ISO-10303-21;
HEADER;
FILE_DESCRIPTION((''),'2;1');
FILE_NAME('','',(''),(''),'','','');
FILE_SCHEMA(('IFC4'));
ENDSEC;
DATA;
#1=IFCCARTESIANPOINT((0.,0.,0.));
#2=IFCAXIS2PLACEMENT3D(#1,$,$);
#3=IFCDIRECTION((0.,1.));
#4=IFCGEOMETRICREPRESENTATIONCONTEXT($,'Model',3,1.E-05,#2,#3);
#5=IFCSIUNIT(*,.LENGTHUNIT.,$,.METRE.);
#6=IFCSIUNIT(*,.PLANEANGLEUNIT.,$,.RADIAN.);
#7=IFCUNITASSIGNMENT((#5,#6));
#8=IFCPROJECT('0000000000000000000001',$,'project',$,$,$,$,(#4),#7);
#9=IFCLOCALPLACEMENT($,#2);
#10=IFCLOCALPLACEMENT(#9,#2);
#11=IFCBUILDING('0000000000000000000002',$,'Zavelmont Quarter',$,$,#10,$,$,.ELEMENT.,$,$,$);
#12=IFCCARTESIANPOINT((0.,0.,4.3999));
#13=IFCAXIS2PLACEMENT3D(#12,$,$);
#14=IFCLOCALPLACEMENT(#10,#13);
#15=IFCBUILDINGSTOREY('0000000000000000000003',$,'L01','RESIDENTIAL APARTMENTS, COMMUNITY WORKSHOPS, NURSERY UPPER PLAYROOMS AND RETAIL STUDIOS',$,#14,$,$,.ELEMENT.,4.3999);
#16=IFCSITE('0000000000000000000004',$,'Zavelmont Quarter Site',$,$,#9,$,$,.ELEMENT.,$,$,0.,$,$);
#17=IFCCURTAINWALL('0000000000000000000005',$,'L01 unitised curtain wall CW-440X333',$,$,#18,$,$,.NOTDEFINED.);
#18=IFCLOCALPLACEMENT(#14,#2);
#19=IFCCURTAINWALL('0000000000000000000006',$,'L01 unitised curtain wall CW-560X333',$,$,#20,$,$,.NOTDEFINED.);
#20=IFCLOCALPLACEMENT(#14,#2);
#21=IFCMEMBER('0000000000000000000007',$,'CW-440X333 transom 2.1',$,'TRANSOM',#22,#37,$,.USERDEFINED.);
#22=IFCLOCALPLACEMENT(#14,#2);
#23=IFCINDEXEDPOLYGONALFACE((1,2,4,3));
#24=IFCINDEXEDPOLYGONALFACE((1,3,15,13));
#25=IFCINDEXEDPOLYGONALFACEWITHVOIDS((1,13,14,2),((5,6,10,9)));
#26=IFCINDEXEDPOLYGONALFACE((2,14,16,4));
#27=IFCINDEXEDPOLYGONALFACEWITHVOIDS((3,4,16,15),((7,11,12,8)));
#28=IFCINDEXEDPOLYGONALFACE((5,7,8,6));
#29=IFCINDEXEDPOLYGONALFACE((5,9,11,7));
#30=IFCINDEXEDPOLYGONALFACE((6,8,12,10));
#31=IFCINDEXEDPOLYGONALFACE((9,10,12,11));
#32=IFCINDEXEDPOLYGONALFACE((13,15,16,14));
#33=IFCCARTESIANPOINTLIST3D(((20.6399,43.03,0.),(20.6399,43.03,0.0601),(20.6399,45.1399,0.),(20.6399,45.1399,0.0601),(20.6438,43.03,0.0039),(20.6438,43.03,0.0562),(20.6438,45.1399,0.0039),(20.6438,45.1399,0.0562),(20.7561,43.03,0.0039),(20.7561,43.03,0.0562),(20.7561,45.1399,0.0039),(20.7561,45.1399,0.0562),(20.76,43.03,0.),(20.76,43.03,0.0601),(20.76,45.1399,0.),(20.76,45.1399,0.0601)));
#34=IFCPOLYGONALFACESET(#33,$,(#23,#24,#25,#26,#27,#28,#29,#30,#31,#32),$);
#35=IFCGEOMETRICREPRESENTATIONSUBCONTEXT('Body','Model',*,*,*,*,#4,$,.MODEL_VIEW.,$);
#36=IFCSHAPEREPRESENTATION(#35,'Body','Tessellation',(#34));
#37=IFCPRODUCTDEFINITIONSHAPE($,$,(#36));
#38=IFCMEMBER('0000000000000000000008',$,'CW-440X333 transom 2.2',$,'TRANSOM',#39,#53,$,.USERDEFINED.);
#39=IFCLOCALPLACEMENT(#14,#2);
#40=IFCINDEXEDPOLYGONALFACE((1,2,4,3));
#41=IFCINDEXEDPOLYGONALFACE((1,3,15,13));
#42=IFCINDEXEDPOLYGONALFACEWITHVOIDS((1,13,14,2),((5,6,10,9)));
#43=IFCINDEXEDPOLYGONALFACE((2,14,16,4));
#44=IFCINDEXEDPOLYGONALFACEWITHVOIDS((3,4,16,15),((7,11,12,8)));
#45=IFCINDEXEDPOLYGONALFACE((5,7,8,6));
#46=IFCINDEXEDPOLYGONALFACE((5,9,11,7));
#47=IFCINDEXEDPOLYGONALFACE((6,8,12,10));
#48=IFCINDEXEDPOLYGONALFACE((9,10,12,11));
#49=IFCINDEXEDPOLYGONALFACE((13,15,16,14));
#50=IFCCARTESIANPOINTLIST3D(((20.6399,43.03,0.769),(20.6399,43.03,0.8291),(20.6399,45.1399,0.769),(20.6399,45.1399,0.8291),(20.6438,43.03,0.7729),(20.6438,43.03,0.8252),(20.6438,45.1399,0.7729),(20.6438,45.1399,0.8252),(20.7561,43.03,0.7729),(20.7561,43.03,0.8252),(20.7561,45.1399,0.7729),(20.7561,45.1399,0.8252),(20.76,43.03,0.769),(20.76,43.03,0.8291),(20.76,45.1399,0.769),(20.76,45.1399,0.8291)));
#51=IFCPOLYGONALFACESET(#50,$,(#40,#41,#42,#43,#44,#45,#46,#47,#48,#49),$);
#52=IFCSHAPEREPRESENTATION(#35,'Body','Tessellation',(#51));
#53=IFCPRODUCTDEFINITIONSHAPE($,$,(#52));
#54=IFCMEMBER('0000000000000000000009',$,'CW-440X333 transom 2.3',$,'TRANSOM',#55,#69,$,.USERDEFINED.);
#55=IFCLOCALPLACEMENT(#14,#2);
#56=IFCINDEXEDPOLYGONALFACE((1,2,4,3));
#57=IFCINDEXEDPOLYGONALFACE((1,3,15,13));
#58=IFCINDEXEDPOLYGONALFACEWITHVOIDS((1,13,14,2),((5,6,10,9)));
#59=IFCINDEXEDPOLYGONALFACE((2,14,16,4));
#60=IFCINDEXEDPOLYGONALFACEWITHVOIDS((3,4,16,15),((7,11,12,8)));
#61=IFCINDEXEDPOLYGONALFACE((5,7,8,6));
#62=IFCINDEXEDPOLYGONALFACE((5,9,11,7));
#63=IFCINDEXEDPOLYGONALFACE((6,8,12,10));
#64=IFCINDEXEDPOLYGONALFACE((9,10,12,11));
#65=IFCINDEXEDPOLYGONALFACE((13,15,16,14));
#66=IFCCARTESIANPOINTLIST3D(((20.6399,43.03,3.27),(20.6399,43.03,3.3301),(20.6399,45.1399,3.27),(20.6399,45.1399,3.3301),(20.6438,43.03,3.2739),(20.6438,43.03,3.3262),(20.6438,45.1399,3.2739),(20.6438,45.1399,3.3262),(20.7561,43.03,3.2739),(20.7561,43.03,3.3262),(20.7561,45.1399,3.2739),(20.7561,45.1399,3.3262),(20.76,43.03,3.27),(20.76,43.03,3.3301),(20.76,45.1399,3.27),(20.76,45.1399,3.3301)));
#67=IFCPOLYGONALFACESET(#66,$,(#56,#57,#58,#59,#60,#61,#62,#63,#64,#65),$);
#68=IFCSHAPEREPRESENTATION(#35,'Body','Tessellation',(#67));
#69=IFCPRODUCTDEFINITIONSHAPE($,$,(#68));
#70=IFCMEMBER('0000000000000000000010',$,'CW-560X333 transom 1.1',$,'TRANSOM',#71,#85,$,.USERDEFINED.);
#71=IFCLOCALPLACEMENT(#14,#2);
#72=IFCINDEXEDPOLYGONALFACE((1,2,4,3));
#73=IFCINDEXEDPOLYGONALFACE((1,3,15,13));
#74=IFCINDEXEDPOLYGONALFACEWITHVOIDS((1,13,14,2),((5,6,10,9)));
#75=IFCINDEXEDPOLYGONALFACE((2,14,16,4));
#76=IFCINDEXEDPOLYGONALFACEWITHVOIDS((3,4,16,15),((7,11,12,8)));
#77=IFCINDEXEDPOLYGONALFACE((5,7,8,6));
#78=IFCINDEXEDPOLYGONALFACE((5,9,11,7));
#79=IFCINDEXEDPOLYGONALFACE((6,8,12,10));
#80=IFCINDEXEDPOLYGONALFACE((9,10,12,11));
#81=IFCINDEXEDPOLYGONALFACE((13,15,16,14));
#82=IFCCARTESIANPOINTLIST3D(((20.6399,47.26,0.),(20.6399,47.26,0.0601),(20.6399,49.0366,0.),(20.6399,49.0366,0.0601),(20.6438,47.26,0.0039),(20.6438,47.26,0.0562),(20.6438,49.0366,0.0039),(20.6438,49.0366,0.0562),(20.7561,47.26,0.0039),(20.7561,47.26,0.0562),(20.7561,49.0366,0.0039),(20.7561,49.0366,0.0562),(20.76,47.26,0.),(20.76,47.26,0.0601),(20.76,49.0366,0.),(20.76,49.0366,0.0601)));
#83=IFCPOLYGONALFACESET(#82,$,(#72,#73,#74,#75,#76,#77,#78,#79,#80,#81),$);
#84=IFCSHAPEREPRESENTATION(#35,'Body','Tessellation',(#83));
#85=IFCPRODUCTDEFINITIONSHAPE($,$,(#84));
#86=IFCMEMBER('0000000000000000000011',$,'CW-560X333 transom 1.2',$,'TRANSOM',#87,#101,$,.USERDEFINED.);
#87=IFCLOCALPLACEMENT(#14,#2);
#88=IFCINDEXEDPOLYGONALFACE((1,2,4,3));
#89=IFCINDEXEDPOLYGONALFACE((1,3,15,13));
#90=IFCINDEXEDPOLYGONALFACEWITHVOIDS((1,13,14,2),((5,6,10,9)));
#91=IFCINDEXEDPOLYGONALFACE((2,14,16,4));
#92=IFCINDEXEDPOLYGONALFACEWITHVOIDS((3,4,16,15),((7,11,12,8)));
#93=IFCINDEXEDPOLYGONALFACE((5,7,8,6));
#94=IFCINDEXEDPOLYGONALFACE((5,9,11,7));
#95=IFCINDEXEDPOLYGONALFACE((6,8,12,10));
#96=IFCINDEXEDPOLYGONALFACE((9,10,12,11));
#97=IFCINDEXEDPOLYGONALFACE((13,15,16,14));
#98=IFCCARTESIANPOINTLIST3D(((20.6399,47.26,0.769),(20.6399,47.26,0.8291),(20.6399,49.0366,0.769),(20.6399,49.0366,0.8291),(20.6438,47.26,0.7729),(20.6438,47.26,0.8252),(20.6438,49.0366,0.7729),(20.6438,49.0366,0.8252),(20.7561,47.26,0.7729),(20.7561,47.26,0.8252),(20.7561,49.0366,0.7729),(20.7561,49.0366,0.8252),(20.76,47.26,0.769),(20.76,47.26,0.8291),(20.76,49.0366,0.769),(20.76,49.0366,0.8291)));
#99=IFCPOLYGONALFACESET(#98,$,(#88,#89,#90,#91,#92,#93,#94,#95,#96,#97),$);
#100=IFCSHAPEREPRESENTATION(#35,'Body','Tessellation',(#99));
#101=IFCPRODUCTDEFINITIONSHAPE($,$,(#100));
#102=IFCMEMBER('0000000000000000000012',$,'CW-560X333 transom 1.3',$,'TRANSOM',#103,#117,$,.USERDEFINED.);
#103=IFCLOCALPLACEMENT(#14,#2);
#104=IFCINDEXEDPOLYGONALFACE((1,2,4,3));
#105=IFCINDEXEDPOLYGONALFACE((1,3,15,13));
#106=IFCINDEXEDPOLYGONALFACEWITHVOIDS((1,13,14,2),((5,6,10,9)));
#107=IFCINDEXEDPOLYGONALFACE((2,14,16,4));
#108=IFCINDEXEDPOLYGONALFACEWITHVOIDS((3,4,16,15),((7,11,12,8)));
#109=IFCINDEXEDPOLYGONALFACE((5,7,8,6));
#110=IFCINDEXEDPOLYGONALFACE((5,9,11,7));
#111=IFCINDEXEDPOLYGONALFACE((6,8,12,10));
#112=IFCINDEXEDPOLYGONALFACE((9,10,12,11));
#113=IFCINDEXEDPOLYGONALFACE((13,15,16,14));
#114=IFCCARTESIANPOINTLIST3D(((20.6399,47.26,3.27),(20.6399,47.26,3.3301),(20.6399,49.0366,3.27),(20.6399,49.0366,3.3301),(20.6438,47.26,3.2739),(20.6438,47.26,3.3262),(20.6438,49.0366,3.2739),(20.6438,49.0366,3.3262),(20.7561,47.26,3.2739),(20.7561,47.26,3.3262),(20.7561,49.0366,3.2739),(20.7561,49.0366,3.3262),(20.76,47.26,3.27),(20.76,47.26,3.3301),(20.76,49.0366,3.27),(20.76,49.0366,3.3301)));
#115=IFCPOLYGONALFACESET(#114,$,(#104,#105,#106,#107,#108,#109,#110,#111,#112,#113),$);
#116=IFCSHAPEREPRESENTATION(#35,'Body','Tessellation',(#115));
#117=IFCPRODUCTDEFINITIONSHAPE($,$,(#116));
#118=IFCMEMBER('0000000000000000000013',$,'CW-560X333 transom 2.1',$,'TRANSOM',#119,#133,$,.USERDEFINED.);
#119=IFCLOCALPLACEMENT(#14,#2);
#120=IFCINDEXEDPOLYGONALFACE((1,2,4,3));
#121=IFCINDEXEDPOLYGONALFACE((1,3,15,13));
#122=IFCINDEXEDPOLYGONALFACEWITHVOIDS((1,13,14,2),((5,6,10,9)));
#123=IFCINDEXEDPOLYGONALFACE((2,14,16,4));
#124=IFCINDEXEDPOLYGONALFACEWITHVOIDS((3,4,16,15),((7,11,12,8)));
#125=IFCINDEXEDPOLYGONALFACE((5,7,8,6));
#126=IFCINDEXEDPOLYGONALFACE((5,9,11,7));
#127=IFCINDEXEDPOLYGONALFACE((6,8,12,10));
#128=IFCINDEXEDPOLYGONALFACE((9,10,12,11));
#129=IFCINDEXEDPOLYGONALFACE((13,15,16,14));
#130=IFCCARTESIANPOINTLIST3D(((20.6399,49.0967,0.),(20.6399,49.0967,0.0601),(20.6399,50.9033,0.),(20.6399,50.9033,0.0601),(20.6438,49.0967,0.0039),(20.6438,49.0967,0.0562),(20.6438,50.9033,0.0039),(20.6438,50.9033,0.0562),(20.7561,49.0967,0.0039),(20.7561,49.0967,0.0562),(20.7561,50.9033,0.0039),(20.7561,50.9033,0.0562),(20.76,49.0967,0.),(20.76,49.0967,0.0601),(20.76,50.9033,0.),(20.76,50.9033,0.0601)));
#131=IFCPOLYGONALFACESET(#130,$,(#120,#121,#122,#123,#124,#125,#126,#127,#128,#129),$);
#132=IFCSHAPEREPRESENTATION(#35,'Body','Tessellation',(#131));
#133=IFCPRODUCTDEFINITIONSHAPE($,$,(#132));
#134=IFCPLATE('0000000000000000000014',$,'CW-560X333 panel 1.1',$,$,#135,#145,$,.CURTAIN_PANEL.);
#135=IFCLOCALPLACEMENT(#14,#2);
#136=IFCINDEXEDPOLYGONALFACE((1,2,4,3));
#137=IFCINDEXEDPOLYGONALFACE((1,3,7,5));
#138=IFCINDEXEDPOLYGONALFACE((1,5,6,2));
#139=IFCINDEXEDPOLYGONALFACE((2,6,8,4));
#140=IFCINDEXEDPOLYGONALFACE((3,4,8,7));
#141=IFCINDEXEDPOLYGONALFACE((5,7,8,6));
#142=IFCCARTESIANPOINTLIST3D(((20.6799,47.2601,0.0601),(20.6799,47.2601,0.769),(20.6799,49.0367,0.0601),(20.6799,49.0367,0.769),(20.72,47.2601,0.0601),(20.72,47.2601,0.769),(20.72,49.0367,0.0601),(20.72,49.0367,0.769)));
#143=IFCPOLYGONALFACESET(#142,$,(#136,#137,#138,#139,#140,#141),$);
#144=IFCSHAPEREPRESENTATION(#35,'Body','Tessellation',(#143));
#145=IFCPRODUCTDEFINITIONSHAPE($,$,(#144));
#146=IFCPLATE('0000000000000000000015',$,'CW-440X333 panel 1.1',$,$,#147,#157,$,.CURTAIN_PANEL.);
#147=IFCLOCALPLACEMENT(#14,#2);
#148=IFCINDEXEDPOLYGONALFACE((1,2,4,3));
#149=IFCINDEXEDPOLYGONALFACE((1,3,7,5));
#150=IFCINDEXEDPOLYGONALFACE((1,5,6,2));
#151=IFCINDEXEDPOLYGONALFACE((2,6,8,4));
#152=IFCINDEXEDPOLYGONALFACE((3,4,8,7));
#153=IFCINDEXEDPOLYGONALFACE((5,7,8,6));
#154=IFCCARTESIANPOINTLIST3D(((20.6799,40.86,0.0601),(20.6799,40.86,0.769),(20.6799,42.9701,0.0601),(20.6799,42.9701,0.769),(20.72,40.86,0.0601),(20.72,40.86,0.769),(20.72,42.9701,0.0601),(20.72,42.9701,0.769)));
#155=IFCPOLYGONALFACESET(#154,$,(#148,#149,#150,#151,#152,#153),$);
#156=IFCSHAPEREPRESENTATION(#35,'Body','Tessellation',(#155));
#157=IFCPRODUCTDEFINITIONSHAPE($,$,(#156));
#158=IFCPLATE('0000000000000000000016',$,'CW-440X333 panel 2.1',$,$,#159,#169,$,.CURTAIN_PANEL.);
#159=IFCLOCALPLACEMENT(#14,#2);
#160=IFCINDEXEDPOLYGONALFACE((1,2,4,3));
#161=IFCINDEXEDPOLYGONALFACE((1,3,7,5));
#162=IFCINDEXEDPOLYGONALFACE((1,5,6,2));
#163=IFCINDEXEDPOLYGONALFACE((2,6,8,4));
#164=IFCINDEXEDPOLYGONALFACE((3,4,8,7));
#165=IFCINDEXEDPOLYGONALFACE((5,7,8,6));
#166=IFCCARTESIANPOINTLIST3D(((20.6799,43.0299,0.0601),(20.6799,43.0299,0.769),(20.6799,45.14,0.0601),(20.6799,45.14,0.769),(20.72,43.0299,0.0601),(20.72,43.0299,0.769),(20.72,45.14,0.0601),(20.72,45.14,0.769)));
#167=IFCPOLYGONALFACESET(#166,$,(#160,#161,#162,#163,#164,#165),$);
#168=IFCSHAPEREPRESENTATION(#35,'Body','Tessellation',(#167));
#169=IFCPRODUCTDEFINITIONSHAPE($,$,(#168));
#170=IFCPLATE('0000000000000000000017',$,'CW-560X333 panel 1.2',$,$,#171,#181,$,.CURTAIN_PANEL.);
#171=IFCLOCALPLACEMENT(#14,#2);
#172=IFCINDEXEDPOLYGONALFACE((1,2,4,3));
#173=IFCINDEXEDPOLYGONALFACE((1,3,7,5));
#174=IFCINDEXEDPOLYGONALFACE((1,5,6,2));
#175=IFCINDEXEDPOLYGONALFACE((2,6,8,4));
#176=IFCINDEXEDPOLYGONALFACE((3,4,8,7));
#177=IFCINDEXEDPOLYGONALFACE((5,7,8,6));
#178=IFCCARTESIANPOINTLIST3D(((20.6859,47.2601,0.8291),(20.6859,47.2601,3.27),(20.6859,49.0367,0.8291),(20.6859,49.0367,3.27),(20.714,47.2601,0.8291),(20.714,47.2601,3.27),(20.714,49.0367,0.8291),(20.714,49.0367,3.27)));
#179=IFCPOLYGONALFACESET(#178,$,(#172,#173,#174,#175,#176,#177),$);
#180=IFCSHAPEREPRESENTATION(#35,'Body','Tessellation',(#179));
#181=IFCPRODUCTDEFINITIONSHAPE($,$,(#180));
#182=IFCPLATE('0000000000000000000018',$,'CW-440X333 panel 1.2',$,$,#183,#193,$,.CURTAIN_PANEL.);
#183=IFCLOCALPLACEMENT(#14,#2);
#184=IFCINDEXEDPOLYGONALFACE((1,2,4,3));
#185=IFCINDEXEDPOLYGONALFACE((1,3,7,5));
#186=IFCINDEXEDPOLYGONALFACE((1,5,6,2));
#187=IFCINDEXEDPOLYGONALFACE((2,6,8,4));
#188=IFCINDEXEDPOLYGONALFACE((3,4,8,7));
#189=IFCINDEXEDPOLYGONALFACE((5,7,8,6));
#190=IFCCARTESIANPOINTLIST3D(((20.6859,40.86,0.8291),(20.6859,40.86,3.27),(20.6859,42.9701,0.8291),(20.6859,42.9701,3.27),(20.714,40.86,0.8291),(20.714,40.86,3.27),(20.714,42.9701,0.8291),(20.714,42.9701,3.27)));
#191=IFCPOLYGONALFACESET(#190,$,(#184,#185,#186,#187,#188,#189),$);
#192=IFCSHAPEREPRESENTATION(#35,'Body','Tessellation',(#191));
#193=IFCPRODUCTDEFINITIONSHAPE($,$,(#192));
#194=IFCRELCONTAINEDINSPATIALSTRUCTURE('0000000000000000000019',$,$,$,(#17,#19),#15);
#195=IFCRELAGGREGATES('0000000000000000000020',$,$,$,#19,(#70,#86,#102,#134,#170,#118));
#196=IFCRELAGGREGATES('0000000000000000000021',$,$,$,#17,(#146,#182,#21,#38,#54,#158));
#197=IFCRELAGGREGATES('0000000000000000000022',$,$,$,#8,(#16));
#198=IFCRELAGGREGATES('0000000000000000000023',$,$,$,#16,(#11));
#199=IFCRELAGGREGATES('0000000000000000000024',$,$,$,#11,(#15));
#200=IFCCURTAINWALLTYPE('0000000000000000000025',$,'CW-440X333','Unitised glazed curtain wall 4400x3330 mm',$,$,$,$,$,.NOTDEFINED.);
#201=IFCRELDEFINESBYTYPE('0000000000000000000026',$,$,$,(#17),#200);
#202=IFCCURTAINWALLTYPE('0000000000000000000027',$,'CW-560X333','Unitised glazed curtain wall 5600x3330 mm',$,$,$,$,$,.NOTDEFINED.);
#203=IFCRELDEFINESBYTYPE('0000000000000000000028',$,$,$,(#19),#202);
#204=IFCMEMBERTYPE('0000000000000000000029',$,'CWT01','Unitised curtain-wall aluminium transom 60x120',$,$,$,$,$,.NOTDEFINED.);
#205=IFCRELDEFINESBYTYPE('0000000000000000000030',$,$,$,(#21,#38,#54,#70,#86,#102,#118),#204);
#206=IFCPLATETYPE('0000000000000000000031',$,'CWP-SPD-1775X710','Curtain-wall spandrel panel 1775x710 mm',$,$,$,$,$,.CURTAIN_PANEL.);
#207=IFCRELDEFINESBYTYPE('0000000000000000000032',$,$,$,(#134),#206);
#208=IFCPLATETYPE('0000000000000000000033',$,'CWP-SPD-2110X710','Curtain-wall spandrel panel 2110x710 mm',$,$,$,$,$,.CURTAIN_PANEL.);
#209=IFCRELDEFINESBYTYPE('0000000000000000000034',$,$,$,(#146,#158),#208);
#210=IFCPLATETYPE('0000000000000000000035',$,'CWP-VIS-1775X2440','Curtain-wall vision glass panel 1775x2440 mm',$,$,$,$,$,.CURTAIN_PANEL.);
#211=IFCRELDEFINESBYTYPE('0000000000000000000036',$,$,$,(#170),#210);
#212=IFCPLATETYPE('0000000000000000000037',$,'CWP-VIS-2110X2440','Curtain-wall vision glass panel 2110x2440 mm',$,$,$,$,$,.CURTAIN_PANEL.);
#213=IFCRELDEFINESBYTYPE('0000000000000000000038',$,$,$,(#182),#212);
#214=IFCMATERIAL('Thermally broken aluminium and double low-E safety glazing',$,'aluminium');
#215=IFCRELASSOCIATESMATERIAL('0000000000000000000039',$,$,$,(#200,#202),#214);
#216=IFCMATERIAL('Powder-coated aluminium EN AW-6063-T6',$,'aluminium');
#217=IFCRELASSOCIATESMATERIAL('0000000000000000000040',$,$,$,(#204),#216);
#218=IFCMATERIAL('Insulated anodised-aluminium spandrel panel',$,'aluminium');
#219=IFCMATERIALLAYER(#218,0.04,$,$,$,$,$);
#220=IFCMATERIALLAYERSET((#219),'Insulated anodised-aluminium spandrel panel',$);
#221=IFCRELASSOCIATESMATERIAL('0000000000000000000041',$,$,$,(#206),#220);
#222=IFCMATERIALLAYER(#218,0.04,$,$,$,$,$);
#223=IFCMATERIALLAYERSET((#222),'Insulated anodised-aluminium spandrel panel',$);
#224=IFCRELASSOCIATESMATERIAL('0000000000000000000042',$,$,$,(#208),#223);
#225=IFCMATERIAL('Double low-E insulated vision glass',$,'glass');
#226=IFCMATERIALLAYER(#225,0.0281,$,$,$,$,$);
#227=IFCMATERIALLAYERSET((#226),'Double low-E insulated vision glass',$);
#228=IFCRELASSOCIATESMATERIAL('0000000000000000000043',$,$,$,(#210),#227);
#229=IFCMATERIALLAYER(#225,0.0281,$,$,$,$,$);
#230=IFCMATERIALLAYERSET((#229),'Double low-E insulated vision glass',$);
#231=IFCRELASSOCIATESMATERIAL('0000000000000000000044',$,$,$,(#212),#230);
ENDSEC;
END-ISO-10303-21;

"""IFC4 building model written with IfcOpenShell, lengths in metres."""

from ifc_helpers import new_model, si_unit, direction, frame, origin, origin_2d, place, context, subcontext, project, spatial, rectangle, hollow_rectangle, extrude, material, layer, layer_set, material_profile, profile_set, type_object, element, aggregate, save


model = new_model("IFC4")

# Units and contexts
model_context = context("Model", 3, precision=1e-05, world=origin(), true_north=direction((0.0, 1.0)))
body_context = subcontext(model_context, "Body", "Model", "MODEL_VIEW")
ifc_project = project(units=[si_unit("LENGTHUNIT", "METRE"), si_unit("PLANEANGLEUNIT", "RADIAN")], contexts=[model_context])

# Site, building, storey
site_placement = place(None, origin())
site = spatial("IfcSite", under=ifc_project, at=site_placement, Name="Zavelmont Quarter Site", CompositionType="ELEMENT", RefElevation=0.0)
building_placement = place(site_placement, origin())
building = spatial("IfcBuilding", under=site, at=building_placement, Name="Zavelmont Quarter", CompositionType="ELEMENT")
storey_placement = place(building_placement, frame((0.0, 0.0, 4.3999)))
storey = spatial("IfcBuildingStorey", under=building, at=storey_placement, Name="L01", Description="RESIDENTIAL APARTMENTS, COMMUNITY WORKSHOPS, NURSERY UPPER PLAYROOMS AND RETAIL STUDIOS", CompositionType="ELEMENT", Elevation=4.3999)

# Curtain walls
ifc_material_1 = material(Name="Thermally broken aluminium and double low-E safety glazing", Category="aluminium")
curtain_wall_type_1 = type_object("IfcCurtainWallType", Name="CW-440X333", Description="Unitised glazed curtain wall 4400x3330 mm", PredefinedType="NOTDEFINED", material=ifc_material_1)
curtain_wall_1_placement = place(storey_placement, origin())
curtain_wall_1 = element("IfcCurtainWall", 1, at=curtain_wall_1_placement, inside=storey, type_object=curtain_wall_type_1, Name="L01 unitised curtain wall CW-440X333", PredefinedType="NOTDEFINED")
ifc_material_2 = material(Name="Powder-coated aluminium EN AW-6063-T6", Category="aluminium")
curtain_wall_type_2 = type_object("IfcCurtainWallType", Name="CW-560X333", Description="Unitised glazed curtain wall 5600x3330 mm", PredefinedType="NOTDEFINED", material=ifc_material_1)
curtain_wall_2_placement = place(storey_placement, origin())
curtain_wall_2 = element("IfcCurtainWall", 2, at=curtain_wall_2_placement, inside=storey, type_object=curtain_wall_type_2, Name="L01 unitised curtain wall CW-560X333", PredefinedType="NOTDEFINED")

# Members
ifc_material_profile_1 = material_profile(ifc_material_2, hollow_rectangle(XDim=0.1201, YDim=0.0601, WallThickness=0.0039, at=origin_2d()), Name="CWT60X120")
ifc_profile_set_1 = profile_set([ifc_material_profile_1], Name="Powder-coated aluminium EN AW-6063-T6")
member_type_1 = type_object("IfcMemberType", Name="CWT01", Description="Unitised curtain-wall aluminium transom 60x120", PredefinedType="NOTDEFINED", material=ifc_profile_set_1)
member_1_placement = place(storey_placement, frame((20.7, 43.03, 0.03), z_axis=(0.0, 1.0, 0.0), x_axis=(-1.0, 0.0, 0.0)))
member_1 = element("IfcMember", 3, at=member_1_placement, type_object=member_type_1, Name="CW-440X333 transom 2.1", ObjectType="TRANSOM", PredefinedType="USERDEFINED", context=body_context, shape_type="SweptSolid", body=[
    extrude(hollow_rectangle(XDim=0.1201, YDim=0.0601, WallThickness=0.0039, at=origin_2d()), origin(), (0.0, 0.0, 1.0), 2.1099),
])
member_2_placement = place(storey_placement, frame((20.7, 43.03, 0.7991), z_axis=(0.0, 1.0, 0.0), x_axis=(-1.0, 0.0, 0.0)))
member_2 = element("IfcMember", 4, at=member_2_placement, type_object=member_type_1, Name="CW-440X333 transom 2.2", ObjectType="TRANSOM", PredefinedType="USERDEFINED", context=body_context, shape_type="SweptSolid", body=[
    extrude(hollow_rectangle(XDim=0.1201, YDim=0.0601, WallThickness=0.0039, at=origin_2d()), origin(), (0.0, 0.0, 1.0), 2.1099),
])
member_3_placement = place(storey_placement, frame((20.7, 43.03, 3.3), z_axis=(0.0, 1.0, 0.0), x_axis=(-1.0, 0.0, 0.0)))
member_3 = element("IfcMember", 5, at=member_3_placement, type_object=member_type_1, Name="CW-440X333 transom 2.3", ObjectType="TRANSOM", PredefinedType="USERDEFINED", context=body_context, shape_type="SweptSolid", body=[
    extrude(hollow_rectangle(XDim=0.1201, YDim=0.0601, WallThickness=0.0039, at=origin_2d()), origin(), (0.0, 0.0, 1.0), 2.1099),
])
member_4_placement = place(storey_placement, frame((20.7, 47.26, 0.03), z_axis=(0.0, 1.0, 0.0), x_axis=(-1.0, 0.0, 0.0)))
member_4 = element("IfcMember", 6, at=member_4_placement, type_object=member_type_1, Name="CW-560X333 transom 1.1", ObjectType="TRANSOM", PredefinedType="USERDEFINED", context=body_context, shape_type="SweptSolid", body=[
    extrude(hollow_rectangle(XDim=0.1201, YDim=0.0601, WallThickness=0.0039, at=origin_2d()), origin(), (0.0, 0.0, 1.0), 1.7766),
])
member_5_placement = place(storey_placement, frame((20.7, 47.26, 0.7991), z_axis=(0.0, 1.0, 0.0), x_axis=(-1.0, 0.0, 0.0)))
member_5 = element("IfcMember", 7, at=member_5_placement, type_object=member_type_1, Name="CW-560X333 transom 1.2", ObjectType="TRANSOM", PredefinedType="USERDEFINED", context=body_context, shape_type="SweptSolid", body=[
    extrude(hollow_rectangle(XDim=0.1201, YDim=0.0601, WallThickness=0.0039, at=origin_2d()), origin(), (0.0, 0.0, 1.0), 1.7766),
])
member_6_placement = place(storey_placement, frame((20.7, 47.26, 3.3), z_axis=(0.0, 1.0, 0.0), x_axis=(-1.0, 0.0, 0.0)))
member_6 = element("IfcMember", 8, at=member_6_placement, type_object=member_type_1, Name="CW-560X333 transom 1.3", ObjectType="TRANSOM", PredefinedType="USERDEFINED", context=body_context, shape_type="SweptSolid", body=[
    extrude(hollow_rectangle(XDim=0.1201, YDim=0.0601, WallThickness=0.0039, at=origin_2d()), origin(), (0.0, 0.0, 1.0), 1.7766),
])
member_7_placement = place(storey_placement, frame((20.7, 49.0967, 0.03), z_axis=(0.0, 1.0, 0.0), x_axis=(-1.0, 0.0, 0.0)))
member_7 = element("IfcMember", 9, at=member_7_placement, type_object=member_type_1, Name="CW-560X333 transom 2.1", ObjectType="TRANSOM", PredefinedType="USERDEFINED", context=body_context, shape_type="SweptSolid", body=[
    extrude(hollow_rectangle(XDim=0.1201, YDim=0.0601, WallThickness=0.0039, at=origin_2d()), origin(), (0.0, 0.0, 1.0), 1.8066),
])

# Plates
ifc_material_3 = material(Name="Insulated anodised-aluminium spandrel panel", Category="aluminium")
ifc_layer_1 = layer(ifc_material_3, 0.04)
ifc_layer_set_1 = layer_set([ifc_layer_1], Name="Insulated anodised-aluminium spandrel panel")
plate_type_1 = type_object("IfcPlateType", Name="CWP-SPD-1775X710", Description="Curtain-wall spandrel panel 1775x710 mm", PredefinedType="CURTAIN_PANEL", material=ifc_layer_set_1)
plate_1_placement = place(storey_placement, frame((20.7, 48.1484, 0.0601), z_axis=(0.0, 0.0, 1.0), x_axis=(0.0, 1.0, 0.0)))
plate_1 = element("IfcPlate", 10, at=plate_1_placement, type_object=plate_type_1, Name="CW-560X333 panel 1.1", PredefinedType="CURTAIN_PANEL", context=body_context, shape_type="SweptSolid", body=[
    extrude(rectangle(XDim=1.7766, YDim=0.04, at=origin_2d()), origin(), (0.0, 0.0, 1.0), 0.709),
])
ifc_layer_2 = layer(ifc_material_3, 0.04)
ifc_layer_set_2 = layer_set([ifc_layer_2], Name="Insulated anodised-aluminium spandrel panel")
plate_type_2 = type_object("IfcPlateType", Name="CWP-SPD-2110X710", Description="Curtain-wall spandrel panel 2110x710 mm", PredefinedType="CURTAIN_PANEL", material=ifc_layer_set_2)
plate_2_placement = place(storey_placement, frame((20.7, 41.915, 0.0601), z_axis=(0.0, 0.0, 1.0), x_axis=(0.0, 1.0, 0.0)))
plate_2 = element("IfcPlate", 11, at=plate_2_placement, type_object=plate_type_2, Name="CW-440X333 panel 1.1", PredefinedType="CURTAIN_PANEL", context=body_context, shape_type="SweptSolid", body=[
    extrude(rectangle(XDim=2.1101, YDim=0.04, at=origin_2d()), origin(), (0.0, 0.0, 1.0), 0.709),
])
plate_3_placement = place(storey_placement, frame((20.7, 44.085, 0.0601), z_axis=(0.0, 0.0, 1.0), x_axis=(0.0, 1.0, 0.0)))
plate_3 = element("IfcPlate", 12, at=plate_3_placement, type_object=plate_type_2, Name="CW-440X333 panel 2.1", PredefinedType="CURTAIN_PANEL", context=body_context, shape_type="SweptSolid", body=[
    extrude(rectangle(XDim=2.1101, YDim=0.04, at=origin_2d()), origin(), (0.0, 0.0, 1.0), 0.709),
])
ifc_material_4 = material(Name="Double low-E insulated vision glass", Category="glass")
ifc_layer_3 = layer(ifc_material_4, 0.0281)
ifc_layer_set_3 = layer_set([ifc_layer_3], Name="Double low-E insulated vision glass")
plate_type_3 = type_object("IfcPlateType", Name="CWP-VIS-1775X2440", Description="Curtain-wall vision glass panel 1775x2440 mm", PredefinedType="CURTAIN_PANEL", material=ifc_layer_set_3)
plate_4_placement = place(storey_placement, frame((20.7, 48.1484, 0.8291), z_axis=(0.0, 0.0, 1.0), x_axis=(0.0, 1.0, 0.0)))
plate_4 = element("IfcPlate", 13, at=plate_4_placement, type_object=plate_type_3, Name="CW-560X333 panel 1.2", PredefinedType="CURTAIN_PANEL", context=body_context, shape_type="SweptSolid", body=[
    extrude(rectangle(XDim=1.7766, YDim=0.0281, at=origin_2d()), origin(), (0.0, 0.0, 1.0), 2.4409),
])
aggregate(curtain_wall_2, [member_4, member_5, member_6, plate_1, plate_4, member_7])
ifc_layer_4 = layer(ifc_material_4, 0.0281)
ifc_layer_set_4 = layer_set([ifc_layer_4], Name="Double low-E insulated vision glass")
plate_type_4 = type_object("IfcPlateType", Name="CWP-VIS-2110X2440", Description="Curtain-wall vision glass panel 2110x2440 mm", PredefinedType="CURTAIN_PANEL", material=ifc_layer_set_4)
plate_5_placement = place(storey_placement, frame((20.7, 41.915, 0.8291), z_axis=(0.0, 0.0, 1.0), x_axis=(0.0, 1.0, 0.0)))
plate_5 = element("IfcPlate", 14, at=plate_5_placement, type_object=plate_type_4, Name="CW-440X333 panel 1.2", PredefinedType="CURTAIN_PANEL", context=body_context, shape_type="SweptSolid", body=[
    extrude(rectangle(XDim=2.1101, YDim=0.0281, at=origin_2d()), origin(), (0.0, 0.0, 1.0), 2.4409),
])
aggregate(curtain_wall_1, [plate_2, plate_5, member_1, member_2, member_3, plate_3])

save(model, "model.ifc")
